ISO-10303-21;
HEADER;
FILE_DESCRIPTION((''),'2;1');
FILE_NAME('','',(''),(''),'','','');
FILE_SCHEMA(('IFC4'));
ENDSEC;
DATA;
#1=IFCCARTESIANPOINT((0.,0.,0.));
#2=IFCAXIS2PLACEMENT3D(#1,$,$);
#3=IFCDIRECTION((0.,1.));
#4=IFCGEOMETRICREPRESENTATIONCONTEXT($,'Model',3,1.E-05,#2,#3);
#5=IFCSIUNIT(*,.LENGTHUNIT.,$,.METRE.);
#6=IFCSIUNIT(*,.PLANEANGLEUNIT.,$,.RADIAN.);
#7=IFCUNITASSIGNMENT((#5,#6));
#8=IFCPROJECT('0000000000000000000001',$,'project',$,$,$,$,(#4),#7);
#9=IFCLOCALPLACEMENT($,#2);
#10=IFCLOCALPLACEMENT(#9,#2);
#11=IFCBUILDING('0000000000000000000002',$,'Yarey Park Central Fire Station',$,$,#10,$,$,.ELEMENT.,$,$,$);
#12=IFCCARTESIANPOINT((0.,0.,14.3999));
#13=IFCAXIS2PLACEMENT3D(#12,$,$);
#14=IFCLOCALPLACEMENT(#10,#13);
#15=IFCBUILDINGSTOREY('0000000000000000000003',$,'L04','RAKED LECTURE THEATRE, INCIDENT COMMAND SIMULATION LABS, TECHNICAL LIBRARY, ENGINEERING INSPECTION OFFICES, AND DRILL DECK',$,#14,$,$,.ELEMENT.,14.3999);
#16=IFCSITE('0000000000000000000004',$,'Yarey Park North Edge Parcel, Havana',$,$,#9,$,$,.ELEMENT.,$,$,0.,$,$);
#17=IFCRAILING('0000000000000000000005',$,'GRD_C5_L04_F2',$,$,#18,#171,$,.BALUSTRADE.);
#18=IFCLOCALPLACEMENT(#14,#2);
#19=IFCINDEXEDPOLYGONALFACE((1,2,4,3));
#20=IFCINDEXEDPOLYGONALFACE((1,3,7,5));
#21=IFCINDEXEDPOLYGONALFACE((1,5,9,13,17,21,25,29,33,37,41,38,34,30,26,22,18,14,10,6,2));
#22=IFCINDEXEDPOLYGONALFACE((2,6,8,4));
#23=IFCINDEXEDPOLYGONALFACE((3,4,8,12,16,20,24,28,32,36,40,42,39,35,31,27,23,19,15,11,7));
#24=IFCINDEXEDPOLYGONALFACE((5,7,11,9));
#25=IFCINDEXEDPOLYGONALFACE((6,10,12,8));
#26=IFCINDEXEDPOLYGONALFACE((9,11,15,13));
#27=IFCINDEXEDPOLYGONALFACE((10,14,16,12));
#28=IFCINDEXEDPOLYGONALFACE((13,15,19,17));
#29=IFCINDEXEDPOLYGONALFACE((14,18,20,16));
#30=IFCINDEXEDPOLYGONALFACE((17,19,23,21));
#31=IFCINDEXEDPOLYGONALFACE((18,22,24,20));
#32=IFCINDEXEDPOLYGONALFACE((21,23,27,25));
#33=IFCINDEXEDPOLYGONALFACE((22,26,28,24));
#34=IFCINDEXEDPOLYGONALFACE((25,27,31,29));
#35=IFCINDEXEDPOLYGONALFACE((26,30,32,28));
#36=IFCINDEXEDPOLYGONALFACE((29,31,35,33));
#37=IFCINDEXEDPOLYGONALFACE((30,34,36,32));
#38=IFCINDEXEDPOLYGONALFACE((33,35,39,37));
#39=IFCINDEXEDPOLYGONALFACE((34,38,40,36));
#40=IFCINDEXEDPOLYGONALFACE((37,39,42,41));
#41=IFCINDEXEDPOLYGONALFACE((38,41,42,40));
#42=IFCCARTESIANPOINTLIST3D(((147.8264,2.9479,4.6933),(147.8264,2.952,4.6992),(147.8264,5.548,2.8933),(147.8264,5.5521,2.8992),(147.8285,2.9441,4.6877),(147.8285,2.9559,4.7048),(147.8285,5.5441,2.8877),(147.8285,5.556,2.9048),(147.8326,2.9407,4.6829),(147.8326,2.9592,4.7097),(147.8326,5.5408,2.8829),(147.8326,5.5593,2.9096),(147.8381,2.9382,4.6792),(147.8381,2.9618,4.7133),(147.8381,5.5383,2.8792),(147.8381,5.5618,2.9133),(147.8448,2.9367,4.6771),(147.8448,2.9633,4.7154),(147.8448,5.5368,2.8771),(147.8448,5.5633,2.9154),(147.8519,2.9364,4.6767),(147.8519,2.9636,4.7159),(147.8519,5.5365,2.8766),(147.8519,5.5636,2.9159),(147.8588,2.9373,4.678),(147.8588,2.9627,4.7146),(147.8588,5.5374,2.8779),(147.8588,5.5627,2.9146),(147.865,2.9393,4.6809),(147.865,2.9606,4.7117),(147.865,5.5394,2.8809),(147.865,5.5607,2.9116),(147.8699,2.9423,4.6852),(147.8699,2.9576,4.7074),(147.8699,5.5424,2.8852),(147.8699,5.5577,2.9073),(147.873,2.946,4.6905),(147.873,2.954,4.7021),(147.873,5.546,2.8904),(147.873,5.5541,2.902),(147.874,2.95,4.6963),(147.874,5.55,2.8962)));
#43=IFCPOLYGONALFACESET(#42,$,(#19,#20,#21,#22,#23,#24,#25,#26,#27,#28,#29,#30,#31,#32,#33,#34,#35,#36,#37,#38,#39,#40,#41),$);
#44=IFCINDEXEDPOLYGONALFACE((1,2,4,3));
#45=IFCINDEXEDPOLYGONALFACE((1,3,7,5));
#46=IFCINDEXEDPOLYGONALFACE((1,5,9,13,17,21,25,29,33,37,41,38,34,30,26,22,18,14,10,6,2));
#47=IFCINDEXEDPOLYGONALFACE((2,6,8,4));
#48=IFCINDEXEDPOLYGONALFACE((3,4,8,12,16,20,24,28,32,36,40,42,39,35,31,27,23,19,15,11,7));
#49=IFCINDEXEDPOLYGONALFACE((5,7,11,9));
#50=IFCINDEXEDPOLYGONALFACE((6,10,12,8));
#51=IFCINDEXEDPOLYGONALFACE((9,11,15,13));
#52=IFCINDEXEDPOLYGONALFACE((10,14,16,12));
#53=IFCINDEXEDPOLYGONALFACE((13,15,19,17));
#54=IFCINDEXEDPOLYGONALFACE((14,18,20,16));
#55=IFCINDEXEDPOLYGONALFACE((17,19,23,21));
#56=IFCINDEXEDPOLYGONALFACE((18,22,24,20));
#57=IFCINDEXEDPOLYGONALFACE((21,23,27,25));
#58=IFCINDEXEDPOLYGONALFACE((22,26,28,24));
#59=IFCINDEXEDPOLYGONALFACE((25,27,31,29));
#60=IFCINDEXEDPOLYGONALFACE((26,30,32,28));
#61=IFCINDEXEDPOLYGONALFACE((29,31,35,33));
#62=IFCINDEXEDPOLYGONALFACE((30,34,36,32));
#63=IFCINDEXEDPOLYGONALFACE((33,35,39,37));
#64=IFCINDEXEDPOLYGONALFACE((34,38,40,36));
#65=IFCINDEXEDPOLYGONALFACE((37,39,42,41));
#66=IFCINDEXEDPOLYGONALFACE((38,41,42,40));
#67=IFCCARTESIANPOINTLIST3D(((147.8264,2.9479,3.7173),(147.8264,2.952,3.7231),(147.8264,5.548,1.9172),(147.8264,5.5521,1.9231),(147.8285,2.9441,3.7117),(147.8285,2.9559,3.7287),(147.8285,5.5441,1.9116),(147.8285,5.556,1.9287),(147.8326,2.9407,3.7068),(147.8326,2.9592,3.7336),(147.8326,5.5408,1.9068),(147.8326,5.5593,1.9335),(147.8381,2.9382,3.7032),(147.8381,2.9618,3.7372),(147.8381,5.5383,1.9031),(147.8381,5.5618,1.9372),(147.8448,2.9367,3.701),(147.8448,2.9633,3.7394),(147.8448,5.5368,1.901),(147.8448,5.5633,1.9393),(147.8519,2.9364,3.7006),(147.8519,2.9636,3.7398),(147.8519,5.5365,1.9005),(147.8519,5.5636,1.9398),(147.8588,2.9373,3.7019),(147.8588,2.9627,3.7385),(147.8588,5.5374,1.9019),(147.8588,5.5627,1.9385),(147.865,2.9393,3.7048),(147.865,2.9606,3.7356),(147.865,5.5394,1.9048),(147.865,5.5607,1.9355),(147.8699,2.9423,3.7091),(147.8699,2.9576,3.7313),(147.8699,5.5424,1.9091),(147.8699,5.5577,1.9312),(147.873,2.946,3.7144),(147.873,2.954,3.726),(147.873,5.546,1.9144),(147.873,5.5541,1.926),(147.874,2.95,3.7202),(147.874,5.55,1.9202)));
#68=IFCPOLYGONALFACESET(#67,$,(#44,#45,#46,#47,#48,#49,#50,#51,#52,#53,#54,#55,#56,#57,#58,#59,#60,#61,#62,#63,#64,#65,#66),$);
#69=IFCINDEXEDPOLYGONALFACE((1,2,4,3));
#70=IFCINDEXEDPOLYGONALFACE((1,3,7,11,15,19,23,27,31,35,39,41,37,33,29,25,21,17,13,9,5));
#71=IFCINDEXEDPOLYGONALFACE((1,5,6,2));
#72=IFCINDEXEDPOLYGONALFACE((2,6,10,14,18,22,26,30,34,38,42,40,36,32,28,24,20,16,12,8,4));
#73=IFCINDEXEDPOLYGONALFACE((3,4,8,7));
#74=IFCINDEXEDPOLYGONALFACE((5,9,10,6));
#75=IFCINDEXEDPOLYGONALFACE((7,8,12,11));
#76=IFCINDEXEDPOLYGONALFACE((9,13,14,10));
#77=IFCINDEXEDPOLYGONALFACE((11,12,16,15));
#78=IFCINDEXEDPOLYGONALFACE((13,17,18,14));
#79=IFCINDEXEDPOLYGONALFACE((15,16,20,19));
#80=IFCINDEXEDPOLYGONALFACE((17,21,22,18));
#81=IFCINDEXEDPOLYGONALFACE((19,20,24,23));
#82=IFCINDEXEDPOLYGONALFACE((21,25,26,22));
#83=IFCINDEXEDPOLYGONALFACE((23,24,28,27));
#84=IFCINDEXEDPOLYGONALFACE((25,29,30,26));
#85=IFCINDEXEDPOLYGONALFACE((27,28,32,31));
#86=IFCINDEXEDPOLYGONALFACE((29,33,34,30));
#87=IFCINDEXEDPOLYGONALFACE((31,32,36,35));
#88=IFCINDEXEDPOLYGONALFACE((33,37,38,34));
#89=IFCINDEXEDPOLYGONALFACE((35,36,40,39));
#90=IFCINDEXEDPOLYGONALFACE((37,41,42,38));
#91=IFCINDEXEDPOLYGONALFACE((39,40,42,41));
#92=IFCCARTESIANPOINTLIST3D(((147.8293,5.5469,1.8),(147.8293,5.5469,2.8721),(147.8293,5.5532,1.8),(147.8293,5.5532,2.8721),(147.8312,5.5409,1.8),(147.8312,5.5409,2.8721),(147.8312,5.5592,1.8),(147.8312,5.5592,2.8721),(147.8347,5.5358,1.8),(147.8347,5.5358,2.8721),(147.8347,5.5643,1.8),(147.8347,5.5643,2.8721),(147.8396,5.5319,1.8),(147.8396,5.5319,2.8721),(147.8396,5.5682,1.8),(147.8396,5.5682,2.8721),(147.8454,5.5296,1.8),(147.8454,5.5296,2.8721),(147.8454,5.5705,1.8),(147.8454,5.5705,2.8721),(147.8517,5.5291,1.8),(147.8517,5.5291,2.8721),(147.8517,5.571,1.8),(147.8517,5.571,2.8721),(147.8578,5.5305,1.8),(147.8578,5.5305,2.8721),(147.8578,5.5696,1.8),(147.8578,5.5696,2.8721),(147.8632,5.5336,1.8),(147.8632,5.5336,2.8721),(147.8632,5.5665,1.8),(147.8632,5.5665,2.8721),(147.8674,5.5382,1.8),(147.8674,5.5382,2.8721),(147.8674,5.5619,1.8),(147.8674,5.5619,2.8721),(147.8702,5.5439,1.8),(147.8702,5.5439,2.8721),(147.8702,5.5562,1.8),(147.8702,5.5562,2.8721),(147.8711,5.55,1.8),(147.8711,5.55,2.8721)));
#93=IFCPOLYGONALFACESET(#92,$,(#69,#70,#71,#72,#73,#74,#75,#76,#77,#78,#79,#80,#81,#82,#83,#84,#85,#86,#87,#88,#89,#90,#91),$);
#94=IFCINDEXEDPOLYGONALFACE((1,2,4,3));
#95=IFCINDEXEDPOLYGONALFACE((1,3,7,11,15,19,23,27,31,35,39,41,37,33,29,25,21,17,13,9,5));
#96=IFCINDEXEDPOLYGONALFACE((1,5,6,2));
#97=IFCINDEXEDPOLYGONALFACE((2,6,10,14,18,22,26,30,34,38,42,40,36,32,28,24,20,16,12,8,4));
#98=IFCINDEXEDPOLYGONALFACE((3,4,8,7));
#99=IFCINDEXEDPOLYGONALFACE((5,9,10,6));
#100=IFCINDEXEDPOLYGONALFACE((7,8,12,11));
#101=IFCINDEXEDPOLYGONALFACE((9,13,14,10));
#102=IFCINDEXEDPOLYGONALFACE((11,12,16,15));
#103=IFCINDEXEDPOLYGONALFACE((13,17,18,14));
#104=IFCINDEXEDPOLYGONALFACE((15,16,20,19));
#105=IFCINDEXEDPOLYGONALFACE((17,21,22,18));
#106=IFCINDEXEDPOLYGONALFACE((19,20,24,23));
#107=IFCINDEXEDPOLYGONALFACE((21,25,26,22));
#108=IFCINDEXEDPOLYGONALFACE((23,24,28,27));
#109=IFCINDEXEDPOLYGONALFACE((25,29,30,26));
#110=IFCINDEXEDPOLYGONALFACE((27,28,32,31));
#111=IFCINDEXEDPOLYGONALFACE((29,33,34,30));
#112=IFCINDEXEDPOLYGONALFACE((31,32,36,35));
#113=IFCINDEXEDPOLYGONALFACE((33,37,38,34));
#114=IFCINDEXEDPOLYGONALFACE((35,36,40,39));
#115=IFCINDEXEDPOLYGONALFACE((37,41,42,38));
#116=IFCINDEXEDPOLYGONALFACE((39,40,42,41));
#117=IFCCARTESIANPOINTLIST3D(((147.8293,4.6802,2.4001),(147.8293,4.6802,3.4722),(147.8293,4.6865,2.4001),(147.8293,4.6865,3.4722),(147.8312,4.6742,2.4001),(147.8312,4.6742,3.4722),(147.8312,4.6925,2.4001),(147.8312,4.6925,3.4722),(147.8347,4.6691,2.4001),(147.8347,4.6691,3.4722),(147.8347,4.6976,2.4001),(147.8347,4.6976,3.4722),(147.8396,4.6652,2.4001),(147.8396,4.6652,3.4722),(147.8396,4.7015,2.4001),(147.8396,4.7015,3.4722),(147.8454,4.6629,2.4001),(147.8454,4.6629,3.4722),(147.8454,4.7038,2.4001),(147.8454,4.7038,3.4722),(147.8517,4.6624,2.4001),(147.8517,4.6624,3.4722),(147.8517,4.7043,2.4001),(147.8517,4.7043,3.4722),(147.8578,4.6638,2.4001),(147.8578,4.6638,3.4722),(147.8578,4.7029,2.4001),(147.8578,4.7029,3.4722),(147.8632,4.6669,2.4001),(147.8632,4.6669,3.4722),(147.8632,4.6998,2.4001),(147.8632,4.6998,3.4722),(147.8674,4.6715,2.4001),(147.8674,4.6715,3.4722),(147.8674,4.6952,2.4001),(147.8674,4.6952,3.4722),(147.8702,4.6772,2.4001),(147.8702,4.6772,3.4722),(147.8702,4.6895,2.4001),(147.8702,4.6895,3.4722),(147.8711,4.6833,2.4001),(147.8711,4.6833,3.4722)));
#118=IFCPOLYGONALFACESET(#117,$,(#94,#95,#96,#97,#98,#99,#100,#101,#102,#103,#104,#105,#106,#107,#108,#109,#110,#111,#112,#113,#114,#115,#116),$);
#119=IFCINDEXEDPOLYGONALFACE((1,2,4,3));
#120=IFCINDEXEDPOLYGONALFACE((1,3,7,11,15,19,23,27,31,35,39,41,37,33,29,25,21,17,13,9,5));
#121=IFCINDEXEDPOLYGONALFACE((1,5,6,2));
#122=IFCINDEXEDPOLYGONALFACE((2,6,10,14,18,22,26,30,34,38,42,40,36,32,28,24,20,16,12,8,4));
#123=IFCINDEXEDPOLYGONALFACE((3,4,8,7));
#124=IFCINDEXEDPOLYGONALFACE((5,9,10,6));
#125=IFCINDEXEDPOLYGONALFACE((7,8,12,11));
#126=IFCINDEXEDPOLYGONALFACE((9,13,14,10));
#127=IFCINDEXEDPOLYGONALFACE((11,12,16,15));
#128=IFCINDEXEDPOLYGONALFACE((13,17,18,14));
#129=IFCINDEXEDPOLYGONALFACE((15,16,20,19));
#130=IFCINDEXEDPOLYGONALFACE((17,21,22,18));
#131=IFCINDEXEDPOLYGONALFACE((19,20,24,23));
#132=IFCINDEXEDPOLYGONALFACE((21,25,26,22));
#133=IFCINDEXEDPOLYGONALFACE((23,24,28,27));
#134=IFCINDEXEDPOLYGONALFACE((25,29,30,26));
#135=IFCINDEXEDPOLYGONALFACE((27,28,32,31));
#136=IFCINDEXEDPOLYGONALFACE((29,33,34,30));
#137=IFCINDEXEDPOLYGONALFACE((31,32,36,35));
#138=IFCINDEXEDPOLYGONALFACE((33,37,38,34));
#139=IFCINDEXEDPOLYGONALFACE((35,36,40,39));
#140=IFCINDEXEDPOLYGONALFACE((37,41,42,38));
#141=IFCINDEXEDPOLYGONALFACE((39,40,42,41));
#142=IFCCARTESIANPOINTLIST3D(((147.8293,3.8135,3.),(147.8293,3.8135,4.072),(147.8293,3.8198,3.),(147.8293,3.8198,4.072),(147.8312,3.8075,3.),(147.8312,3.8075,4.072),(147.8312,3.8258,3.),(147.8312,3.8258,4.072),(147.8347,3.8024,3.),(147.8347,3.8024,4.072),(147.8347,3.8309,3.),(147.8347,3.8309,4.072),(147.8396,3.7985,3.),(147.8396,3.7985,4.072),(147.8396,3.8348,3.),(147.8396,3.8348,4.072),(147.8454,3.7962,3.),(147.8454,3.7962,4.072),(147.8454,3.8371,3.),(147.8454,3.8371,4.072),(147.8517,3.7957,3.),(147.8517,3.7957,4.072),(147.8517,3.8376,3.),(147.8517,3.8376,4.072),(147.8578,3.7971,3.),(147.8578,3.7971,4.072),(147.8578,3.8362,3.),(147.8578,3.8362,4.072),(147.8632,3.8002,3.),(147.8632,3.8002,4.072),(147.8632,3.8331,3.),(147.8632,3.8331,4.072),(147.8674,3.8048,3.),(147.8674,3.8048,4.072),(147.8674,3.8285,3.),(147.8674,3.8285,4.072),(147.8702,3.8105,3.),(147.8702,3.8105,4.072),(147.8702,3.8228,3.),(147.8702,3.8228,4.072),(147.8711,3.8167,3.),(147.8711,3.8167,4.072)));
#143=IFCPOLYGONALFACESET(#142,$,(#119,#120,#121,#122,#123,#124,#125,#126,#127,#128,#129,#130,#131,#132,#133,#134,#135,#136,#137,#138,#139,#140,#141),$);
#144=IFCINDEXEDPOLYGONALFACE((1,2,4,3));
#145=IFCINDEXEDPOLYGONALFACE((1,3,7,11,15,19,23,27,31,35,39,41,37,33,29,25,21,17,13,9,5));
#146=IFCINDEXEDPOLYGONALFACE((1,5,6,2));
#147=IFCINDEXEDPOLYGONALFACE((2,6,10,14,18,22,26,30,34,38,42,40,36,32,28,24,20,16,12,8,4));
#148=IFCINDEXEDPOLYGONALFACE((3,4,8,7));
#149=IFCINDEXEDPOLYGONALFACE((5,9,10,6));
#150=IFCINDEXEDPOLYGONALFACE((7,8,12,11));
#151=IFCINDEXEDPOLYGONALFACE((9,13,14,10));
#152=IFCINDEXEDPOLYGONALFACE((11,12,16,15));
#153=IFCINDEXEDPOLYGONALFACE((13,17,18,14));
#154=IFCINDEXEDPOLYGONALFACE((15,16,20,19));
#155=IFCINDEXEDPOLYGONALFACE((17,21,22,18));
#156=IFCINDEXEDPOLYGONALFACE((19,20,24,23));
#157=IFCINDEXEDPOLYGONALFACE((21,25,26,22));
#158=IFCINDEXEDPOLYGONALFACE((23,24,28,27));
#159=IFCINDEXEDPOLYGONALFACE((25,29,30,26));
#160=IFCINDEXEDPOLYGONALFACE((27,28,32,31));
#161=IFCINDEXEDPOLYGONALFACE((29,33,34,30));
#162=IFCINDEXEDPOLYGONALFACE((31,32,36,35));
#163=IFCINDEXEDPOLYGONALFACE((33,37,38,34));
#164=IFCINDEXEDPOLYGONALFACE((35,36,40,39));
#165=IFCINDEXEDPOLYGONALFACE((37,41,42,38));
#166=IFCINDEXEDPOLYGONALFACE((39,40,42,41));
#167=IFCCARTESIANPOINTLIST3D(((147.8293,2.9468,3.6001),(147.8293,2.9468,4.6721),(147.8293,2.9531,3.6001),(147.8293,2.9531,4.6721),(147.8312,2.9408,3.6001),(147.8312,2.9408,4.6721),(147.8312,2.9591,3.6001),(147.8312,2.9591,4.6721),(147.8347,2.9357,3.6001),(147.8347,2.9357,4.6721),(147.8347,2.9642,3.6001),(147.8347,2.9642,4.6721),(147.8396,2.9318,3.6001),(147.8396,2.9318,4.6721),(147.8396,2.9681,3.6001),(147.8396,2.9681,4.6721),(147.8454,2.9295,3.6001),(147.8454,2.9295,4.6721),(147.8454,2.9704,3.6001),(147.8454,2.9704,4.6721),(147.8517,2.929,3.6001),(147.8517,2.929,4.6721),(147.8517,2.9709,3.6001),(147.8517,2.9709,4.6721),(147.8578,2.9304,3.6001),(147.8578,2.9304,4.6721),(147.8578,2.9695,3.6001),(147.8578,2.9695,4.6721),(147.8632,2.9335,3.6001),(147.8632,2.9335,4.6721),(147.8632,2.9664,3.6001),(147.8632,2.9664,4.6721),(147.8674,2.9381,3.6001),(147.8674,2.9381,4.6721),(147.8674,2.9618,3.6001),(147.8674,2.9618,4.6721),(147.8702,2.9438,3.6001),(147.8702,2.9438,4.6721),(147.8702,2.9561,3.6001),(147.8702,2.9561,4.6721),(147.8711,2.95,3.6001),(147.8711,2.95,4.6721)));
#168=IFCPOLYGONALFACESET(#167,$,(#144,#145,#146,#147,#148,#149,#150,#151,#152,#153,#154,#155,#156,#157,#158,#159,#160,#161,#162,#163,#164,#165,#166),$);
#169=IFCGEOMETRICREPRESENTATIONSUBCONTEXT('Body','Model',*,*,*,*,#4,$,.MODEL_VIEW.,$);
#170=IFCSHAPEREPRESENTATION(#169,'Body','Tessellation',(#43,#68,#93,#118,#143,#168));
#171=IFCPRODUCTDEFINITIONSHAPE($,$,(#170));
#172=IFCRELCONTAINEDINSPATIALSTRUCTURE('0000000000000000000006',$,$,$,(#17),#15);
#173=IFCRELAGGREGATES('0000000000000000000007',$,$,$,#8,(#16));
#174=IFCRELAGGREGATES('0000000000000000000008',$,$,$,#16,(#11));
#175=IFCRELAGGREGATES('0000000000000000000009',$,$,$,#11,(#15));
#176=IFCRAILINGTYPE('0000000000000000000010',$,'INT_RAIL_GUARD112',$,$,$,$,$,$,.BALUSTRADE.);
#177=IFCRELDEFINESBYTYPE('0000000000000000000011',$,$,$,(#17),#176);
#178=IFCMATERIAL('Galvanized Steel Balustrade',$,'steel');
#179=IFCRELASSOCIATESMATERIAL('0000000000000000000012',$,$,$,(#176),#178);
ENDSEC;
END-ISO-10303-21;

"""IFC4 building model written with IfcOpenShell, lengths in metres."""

from ifc_helpers import new_model, si_unit, direction, frame, origin, origin_2d, place, context, subcontext, project, spatial, circle, extrude, material, type_object, element, save


model = new_model("IFC4")

# Units and contexts
model_context = context("Model", 3, precision=1e-05, world=origin(), true_north=direction((0.0, 1.0)))
body_context = subcontext(model_context, "Body", "Model", "MODEL_VIEW")
ifc_project = project(units=[si_unit("LENGTHUNIT", "METRE"), si_unit("PLANEANGLEUNIT", "RADIAN")], contexts=[model_context])

# Site, building, storey
site_placement = place(None, origin())
site = spatial("IfcSite", under=ifc_project, at=site_placement, Name="Yarey Park North Edge Parcel, Havana", CompositionType="ELEMENT", RefElevation=0.0)
building_placement = place(site_placement, origin())
building = spatial("IfcBuilding", under=site, at=building_placement, Name="Yarey Park Central Fire Station", CompositionType="ELEMENT")
storey_placement = place(building_placement, frame((0.0, 0.0, 14.3999)))
storey = spatial("IfcBuildingStorey", under=building, at=storey_placement, Name="L04", Description="RAKED LECTURE THEATRE, INCIDENT COMMAND SIMULATION LABS, TECHNICAL LIBRARY, ENGINEERING INSPECTION OFFICES, AND DRILL DECK", CompositionType="ELEMENT", Elevation=14.3999)

# Railing
ifc_material_1 = material(Name="Galvanized Steel Balustrade", Category="steel")
railing_type_1 = type_object("IfcRailingType", Name="INT_RAIL_GUARD112", PredefinedType="BALUSTRADE", material=ifc_material_1)
railing_1_placement = place(storey_placement, frame((147.8501, 5.55, 1.8)))
element("IfcRailing", 1, at=railing_1_placement, inside=storey, type_object=railing_type_1, Name="GRD_C5_L04_F2", PredefinedType="BALUSTRADE", context=body_context, shape_type="SweptSolid", body=[
    extrude(circle(Radius=0.0239, at=origin_2d()), frame((0.0, 0.0, 1.0962), z_axis=(0.0, -0.822195, 0.569206), x_axis=(1.0, 0.0, 0.0)), (0.0, 0.0, 1.0), 3.1624),
    extrude(circle(Radius=0.0239, at=origin_2d()), frame((0.0, 0.0, 0.1201), z_axis=(0.0, -0.822195, 0.569206), x_axis=(1.0, 0.0, 0.0)), (0.0, 0.0, 1.0), 3.1624),
    extrude(circle(Radius=0.021, at=origin_2d()), origin(), (0.0, 0.0, 1.0), 1.072),
    extrude(circle(Radius=0.021, at=origin_2d()), frame((0.0, -0.8667, 0.6001)), (0.0, 0.0, 1.0), 1.072),
    extrude(circle(Radius=0.021, at=origin_2d()), frame((0.0, -1.7334, 1.2)), (0.0, 0.0, 1.0), 1.072),
    extrude(circle(Radius=0.021, at=origin_2d()), frame((0.0, -2.6001, 1.8)), (0.0, 0.0, 1.0), 1.072),
])

save(model, "model.ifc")
